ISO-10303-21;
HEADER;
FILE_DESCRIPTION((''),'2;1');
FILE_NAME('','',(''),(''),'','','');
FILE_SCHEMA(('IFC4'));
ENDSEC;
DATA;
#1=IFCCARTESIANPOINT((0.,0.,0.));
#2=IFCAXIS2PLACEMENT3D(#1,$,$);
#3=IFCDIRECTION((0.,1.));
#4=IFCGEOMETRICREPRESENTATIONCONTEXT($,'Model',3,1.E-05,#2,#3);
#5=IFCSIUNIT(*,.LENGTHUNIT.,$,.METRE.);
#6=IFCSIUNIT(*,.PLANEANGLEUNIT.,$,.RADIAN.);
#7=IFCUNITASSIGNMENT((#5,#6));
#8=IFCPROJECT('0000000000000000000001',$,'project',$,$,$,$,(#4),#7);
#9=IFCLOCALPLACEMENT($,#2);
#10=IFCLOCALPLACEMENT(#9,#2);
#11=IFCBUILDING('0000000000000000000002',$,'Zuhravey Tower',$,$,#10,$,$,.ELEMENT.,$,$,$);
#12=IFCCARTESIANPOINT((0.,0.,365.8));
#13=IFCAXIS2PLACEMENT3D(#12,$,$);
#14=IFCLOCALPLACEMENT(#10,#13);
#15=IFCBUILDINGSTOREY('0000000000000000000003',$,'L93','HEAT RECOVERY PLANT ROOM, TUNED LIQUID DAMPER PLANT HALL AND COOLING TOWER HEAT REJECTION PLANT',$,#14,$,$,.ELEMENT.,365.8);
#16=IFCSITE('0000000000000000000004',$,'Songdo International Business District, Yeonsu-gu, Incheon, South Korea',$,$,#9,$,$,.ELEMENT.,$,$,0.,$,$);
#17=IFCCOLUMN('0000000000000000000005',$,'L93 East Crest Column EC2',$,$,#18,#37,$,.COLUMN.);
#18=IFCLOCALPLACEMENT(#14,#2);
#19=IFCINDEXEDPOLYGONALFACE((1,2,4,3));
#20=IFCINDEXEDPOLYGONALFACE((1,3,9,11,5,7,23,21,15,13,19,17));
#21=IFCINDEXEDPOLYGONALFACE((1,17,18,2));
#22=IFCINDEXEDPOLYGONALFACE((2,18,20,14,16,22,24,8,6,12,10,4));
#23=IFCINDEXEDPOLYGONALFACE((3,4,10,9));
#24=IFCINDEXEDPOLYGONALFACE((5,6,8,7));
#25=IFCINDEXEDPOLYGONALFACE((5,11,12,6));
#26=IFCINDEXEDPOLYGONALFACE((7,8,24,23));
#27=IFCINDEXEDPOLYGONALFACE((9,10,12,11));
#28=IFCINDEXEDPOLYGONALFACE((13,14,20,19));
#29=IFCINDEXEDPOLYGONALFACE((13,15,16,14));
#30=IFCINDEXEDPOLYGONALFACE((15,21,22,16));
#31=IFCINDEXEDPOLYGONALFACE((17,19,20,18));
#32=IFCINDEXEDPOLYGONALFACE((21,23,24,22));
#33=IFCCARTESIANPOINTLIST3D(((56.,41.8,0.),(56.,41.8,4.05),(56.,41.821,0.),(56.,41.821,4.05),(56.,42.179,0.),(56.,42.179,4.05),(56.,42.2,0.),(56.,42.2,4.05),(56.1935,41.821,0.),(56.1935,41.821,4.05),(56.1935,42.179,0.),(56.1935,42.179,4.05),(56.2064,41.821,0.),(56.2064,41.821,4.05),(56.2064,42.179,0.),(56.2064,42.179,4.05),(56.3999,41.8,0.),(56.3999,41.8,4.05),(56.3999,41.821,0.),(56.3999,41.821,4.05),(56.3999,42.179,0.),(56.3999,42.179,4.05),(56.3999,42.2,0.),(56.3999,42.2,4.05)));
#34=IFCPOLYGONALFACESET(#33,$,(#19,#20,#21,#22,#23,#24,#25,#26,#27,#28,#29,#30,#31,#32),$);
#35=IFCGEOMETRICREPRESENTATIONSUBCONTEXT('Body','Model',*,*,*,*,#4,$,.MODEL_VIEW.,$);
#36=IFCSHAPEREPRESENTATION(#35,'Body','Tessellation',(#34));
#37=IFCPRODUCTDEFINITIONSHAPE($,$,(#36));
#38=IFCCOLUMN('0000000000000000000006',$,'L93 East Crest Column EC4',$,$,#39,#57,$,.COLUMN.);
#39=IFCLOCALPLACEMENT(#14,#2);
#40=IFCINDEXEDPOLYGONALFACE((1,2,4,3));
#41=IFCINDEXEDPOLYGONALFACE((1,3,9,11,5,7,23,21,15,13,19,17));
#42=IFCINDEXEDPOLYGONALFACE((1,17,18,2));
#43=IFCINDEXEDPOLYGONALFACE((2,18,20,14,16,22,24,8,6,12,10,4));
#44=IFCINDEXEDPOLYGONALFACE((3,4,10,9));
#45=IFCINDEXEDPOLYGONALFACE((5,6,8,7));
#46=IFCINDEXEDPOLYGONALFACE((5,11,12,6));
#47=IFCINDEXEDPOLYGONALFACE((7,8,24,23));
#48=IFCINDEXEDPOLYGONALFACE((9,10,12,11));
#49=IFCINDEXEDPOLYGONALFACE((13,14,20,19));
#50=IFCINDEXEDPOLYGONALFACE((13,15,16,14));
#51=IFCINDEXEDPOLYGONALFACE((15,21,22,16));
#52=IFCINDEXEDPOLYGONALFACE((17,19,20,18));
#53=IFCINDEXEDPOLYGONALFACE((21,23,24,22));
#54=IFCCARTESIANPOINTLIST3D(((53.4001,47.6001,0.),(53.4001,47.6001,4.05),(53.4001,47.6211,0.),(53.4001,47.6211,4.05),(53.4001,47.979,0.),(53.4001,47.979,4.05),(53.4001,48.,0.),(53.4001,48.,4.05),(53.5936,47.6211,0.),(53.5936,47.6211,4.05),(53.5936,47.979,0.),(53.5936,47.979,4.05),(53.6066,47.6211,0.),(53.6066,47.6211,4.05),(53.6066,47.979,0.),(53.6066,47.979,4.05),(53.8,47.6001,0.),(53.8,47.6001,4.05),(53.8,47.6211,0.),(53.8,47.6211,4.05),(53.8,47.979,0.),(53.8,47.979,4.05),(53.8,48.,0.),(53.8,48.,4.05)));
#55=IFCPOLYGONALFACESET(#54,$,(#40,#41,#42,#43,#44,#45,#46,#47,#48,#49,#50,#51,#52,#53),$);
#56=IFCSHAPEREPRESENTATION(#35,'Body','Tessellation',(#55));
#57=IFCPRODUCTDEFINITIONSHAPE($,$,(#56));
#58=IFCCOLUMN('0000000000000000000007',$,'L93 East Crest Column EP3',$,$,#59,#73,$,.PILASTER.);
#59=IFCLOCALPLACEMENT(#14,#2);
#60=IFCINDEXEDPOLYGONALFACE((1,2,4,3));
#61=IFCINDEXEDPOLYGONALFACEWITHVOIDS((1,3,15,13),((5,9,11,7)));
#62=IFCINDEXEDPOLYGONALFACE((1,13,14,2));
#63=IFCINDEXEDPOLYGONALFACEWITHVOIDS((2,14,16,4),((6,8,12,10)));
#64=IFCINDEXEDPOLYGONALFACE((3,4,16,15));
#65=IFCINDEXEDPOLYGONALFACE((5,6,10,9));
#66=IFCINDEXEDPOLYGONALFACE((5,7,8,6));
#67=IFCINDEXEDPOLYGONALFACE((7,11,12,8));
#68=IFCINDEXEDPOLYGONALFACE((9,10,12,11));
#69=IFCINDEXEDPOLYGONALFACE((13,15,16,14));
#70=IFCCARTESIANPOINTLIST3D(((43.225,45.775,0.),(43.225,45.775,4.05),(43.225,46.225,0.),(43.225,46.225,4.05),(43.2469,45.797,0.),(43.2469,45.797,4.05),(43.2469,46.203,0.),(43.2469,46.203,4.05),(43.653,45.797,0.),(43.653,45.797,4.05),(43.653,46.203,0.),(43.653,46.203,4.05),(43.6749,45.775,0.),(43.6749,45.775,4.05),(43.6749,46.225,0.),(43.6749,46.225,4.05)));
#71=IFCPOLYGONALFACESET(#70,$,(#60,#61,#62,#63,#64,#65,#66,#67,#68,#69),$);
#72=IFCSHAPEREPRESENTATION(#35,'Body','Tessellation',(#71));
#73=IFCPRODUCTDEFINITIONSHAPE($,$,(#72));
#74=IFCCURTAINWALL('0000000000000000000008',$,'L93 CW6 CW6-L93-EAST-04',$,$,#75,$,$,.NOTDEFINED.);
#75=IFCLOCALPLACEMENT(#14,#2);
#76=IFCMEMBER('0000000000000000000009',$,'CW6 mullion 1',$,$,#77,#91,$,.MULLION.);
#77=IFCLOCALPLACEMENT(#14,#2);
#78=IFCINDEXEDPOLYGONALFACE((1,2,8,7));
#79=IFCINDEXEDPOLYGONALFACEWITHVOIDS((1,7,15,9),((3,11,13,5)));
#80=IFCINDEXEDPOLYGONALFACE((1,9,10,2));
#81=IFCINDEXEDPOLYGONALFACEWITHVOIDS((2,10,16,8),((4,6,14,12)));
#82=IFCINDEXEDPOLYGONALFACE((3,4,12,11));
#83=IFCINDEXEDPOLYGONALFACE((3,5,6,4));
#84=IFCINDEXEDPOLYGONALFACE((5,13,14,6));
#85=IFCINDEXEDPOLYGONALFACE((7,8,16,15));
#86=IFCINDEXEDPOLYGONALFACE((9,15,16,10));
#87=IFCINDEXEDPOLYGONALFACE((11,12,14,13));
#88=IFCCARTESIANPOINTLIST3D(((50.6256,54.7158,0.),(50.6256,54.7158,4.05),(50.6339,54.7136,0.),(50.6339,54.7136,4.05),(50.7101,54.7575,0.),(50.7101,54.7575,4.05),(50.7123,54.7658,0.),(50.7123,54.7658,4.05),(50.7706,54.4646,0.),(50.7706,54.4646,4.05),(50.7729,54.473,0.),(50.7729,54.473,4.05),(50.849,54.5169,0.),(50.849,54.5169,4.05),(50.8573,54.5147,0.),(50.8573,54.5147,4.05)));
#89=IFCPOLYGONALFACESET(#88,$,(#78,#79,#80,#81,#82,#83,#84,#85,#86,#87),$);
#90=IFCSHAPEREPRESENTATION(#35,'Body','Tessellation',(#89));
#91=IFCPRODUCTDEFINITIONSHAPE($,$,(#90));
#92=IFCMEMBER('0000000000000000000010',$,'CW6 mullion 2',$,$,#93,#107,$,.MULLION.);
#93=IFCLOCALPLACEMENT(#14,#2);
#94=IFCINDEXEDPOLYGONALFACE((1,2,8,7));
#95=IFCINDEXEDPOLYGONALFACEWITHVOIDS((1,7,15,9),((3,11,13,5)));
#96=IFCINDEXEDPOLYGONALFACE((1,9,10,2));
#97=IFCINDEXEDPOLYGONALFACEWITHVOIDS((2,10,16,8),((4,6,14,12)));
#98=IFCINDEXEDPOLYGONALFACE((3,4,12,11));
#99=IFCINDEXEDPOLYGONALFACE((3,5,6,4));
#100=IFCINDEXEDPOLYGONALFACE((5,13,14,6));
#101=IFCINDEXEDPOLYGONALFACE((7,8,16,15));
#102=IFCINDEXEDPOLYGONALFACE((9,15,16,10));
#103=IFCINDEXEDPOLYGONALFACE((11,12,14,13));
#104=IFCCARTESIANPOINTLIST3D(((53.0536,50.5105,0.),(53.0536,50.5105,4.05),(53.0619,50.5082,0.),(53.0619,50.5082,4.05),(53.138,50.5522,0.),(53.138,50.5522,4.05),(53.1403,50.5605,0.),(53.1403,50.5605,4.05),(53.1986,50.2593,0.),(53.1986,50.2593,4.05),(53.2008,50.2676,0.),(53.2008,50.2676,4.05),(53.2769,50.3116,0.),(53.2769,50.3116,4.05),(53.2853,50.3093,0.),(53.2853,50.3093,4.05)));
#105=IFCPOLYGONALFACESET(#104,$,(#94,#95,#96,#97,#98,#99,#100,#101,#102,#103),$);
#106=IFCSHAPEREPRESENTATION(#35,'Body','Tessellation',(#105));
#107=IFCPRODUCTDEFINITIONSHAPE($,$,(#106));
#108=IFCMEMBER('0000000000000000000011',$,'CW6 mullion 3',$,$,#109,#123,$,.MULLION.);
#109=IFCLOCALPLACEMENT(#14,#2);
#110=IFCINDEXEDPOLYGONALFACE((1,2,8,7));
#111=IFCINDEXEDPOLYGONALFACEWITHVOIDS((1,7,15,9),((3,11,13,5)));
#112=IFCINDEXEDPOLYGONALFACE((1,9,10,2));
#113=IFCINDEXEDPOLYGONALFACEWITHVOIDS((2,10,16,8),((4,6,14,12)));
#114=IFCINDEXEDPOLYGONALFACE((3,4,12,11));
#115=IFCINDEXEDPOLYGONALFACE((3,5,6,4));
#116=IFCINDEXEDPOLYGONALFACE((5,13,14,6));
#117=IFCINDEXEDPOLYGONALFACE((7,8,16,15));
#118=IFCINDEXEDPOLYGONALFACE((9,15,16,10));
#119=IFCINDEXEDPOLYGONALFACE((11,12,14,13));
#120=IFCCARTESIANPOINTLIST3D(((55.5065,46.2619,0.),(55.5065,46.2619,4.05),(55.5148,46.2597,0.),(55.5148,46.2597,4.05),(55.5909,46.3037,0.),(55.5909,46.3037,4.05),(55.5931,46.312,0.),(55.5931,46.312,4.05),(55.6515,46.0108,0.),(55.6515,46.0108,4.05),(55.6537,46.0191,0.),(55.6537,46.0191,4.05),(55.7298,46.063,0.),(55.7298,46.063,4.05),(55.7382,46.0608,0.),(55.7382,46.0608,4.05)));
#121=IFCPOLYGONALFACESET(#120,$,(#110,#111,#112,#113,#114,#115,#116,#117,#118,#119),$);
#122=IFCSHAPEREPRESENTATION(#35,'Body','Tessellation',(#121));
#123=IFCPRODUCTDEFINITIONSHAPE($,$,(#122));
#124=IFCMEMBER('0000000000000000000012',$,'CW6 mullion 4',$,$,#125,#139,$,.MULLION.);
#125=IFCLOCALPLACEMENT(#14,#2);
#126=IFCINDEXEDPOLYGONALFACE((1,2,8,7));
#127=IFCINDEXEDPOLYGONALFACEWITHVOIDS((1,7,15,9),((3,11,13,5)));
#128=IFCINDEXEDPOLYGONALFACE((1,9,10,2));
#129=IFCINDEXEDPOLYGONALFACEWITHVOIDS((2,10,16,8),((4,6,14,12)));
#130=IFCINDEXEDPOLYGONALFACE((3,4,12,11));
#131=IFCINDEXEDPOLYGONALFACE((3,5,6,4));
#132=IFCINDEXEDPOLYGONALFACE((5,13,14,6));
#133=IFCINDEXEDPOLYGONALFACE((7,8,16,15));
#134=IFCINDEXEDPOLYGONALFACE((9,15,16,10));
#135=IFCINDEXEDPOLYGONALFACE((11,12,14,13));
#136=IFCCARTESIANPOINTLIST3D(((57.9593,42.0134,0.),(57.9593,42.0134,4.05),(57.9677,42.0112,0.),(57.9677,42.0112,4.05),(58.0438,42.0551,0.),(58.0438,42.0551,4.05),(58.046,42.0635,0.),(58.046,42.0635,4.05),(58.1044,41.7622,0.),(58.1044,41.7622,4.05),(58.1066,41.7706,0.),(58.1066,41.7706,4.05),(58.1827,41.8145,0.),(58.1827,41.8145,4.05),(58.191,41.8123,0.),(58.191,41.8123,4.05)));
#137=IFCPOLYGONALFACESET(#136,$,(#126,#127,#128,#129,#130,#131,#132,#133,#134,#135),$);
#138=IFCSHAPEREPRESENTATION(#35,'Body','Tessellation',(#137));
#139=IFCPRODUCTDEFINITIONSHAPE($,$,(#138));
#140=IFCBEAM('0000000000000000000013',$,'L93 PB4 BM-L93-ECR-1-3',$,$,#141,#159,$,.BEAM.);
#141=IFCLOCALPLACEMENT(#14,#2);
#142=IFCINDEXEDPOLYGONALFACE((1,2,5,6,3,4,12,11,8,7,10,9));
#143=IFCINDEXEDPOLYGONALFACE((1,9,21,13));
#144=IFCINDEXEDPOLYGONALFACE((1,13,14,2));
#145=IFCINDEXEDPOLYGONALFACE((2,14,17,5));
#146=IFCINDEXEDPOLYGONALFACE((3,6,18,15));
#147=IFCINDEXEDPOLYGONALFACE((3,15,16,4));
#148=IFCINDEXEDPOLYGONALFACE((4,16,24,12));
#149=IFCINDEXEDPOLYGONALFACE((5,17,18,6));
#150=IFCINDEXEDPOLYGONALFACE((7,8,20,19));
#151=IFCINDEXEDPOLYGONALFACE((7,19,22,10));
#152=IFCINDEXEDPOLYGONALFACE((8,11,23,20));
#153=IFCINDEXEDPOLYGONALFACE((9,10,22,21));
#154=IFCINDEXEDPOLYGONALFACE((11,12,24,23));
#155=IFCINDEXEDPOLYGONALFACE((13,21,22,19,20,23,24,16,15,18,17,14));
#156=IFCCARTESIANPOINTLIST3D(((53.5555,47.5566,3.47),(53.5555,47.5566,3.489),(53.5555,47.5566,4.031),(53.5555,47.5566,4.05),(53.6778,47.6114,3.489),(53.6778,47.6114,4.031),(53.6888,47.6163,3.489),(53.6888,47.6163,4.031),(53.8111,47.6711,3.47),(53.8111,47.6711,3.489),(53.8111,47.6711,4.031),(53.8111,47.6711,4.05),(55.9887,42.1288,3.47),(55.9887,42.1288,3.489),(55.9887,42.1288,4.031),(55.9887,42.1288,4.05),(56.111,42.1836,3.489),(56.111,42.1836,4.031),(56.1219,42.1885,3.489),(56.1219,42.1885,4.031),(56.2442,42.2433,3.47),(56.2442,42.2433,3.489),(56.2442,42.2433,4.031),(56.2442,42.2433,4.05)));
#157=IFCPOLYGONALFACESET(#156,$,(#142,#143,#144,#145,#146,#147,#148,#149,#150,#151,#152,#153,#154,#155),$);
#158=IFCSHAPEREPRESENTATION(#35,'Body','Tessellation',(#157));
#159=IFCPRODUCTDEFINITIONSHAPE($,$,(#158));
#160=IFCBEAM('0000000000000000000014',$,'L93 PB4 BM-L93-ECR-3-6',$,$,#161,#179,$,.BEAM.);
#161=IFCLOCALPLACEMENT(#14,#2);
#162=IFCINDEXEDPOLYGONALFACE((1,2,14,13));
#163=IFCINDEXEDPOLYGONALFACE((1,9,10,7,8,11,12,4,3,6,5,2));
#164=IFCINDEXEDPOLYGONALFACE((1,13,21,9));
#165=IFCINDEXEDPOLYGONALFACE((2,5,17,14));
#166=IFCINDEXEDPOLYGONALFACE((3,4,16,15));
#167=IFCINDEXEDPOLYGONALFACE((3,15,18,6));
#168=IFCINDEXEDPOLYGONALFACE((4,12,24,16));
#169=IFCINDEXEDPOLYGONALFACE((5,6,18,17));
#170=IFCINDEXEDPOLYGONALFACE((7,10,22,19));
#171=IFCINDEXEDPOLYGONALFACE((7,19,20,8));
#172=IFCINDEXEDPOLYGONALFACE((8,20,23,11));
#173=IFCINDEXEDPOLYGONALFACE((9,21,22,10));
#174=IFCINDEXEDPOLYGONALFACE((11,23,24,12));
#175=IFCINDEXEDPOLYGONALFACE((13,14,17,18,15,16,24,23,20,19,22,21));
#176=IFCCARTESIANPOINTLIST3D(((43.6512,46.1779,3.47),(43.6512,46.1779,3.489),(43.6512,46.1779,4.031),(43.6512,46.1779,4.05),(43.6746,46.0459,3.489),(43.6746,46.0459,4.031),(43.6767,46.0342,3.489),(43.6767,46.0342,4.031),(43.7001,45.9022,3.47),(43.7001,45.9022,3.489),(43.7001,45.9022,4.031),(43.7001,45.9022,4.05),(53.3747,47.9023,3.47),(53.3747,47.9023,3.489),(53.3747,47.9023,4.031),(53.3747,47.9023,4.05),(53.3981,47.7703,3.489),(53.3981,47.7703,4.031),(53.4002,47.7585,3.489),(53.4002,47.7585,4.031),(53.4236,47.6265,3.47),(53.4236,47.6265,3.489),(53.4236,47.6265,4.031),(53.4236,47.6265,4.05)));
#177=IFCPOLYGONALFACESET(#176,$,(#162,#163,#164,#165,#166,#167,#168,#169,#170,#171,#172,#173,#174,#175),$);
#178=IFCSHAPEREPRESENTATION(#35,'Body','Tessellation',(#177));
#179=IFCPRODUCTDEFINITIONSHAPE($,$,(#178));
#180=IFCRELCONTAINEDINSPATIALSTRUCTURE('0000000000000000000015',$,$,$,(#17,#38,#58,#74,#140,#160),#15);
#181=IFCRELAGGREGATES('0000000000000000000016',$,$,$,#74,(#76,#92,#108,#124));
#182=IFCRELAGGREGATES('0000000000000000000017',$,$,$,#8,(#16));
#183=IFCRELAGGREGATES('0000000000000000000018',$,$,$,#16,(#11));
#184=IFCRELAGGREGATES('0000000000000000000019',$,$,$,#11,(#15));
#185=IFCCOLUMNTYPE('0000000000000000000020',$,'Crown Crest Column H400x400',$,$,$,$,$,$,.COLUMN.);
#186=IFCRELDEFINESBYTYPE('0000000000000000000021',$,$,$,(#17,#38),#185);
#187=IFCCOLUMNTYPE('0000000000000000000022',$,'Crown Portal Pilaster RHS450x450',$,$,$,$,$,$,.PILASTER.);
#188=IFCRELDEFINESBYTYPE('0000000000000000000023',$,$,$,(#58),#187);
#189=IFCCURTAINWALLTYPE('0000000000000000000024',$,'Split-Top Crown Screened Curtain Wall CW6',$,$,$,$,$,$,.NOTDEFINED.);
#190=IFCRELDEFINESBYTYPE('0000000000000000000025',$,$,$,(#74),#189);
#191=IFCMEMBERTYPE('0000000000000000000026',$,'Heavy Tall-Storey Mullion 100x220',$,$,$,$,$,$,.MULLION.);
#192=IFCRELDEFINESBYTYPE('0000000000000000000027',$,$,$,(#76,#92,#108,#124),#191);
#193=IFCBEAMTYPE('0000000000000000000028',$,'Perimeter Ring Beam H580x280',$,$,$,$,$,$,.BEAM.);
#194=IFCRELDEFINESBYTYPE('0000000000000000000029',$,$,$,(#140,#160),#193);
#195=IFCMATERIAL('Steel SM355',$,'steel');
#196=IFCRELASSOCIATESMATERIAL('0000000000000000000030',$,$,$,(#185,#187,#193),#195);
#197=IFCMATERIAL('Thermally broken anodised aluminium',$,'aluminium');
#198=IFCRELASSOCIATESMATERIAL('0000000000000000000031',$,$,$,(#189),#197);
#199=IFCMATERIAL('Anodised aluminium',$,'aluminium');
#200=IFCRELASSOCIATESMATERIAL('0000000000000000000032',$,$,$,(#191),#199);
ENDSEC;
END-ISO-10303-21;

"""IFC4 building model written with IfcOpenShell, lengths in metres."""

from ifc_helpers import new_model, si_unit, direction, frame, origin, origin_2d, place, context, subcontext, project, spatial, hollow_rectangle, i_section, extrude, material, material_profile, profile_set, type_object, element, aggregate, save


model = new_model("IFC4")

# Units and contexts
model_context = context("Model", 3, precision=1e-05, world=origin(), true_north=direction((0.0, 1.0)))
body_context = subcontext(model_context, "Body", "Model", "MODEL_VIEW")
ifc_project = project(units=[si_unit("LENGTHUNIT", "METRE"), si_unit("PLANEANGLEUNIT", "RADIAN")], contexts=[model_context])

# Site, building, storey
site_placement = place(None, origin())
site = spatial("IfcSite", under=ifc_project, at=site_placement, Name="Songdo International Business District, Yeonsu-gu, Incheon, South Korea", CompositionType="ELEMENT", RefElevation=0.0)
building_placement = place(site_placement, origin())
building = spatial("IfcBuilding", under=site, at=building_placement, Name="Zuhravey Tower", CompositionType="ELEMENT")
storey_placement = place(building_placement, frame((0.0, 0.0, 365.8)))
storey = spatial("IfcBuildingStorey", under=building, at=storey_placement, Name="L93", Description="HEAT RECOVERY PLANT ROOM, TUNED LIQUID DAMPER PLANT HALL AND COOLING TOWER HEAT REJECTION PLANT", CompositionType="ELEMENT", Elevation=365.8)

# Columns
ifc_material_1 = material(Name="Steel SM355", Category="steel")
ifc_material_profile_1 = material_profile(ifc_material_1, i_section(OverallWidth=0.3999, OverallDepth=0.3999, WebThickness=0.0129, FlangeThickness=0.021, at=origin_2d()), Name="H-400x400x13x21")
ifc_profile_set_1 = profile_set([ifc_material_profile_1], Name="Steel SM355")
column_type_1 = type_object("IfcColumnType", Name="Crown Crest Column H400x400", PredefinedType="COLUMN", material=ifc_profile_set_1)
for number, where, z_axis, x_axis, name in (
    (1, (56.2, 42.0, 0.0), (0.0, 0.0, 1.0), (1.0, 0.0, 0.0), "L93 East Crest Column EC2"),
    (2, (53.6001, 47.8, 0.0), (0.0, 0.0, 1.0), (1.0, 0.0, 0.0), "L93 East Crest Column EC4"),
):
    element("IfcColumn", number, at=place(storey_placement, frame(where, z_axis=z_axis, x_axis=x_axis)), inside=storey, type_object=column_type_1, Name=name, PredefinedType="COLUMN", context=body_context, shape_type="SweptSolid", body=[
        extrude(i_section(OverallWidth=0.3999, OverallDepth=0.3999, WebThickness=0.0129, FlangeThickness=0.021, at=origin_2d()), origin(), (0.0, 0.0, 1.0), 4.05),
    ])
ifc_material_profile_2 = material_profile(ifc_material_1, hollow_rectangle(XDim=0.45, YDim=0.45, WallThickness=0.022, at=origin_2d()), Name="RHS-450x450x22")
ifc_profile_set_2 = profile_set([ifc_material_profile_2], Name="Steel SM355")
column_type_2 = type_object("IfcColumnType", Name="Crown Portal Pilaster RHS450x450", PredefinedType="PILASTER", material=ifc_profile_set_2)
column_placement = place(storey_placement, frame((43.45, 46.0, 0.0), z_axis=(0.0, 0.0, 1.0), x_axis=(1.0, 0.0, 0.0)))
element("IfcColumn", 3, at=column_placement, inside=storey, type_object=column_type_2, Name="L93 East Crest Column EP3", PredefinedType="PILASTER", context=body_context, shape_type="SweptSolid", body=[
    extrude(hollow_rectangle(XDim=0.45, YDim=0.45, WallThickness=0.022, at=origin_2d()), origin(), (0.0, 0.0, 1.0), 4.05),
])

# Curtain wall, members
ifc_material_2 = material(Name="Thermally broken anodised aluminium", Category="aluminium")
curtain_wall_type = type_object("IfcCurtainWallType", Name="Split-Top Crown Screened Curtain Wall CW6", PredefinedType="NOTDEFINED", material=ifc_material_2)
curtain_wall_placement = place(storey_placement, origin())
curtain_wall = element("IfcCurtainWall", 4, at=curtain_wall_placement, inside=storey, type_object=curtain_wall_type, Name="L93 CW6 CW6-L93-EAST-04", PredefinedType="NOTDEFINED")
ifc_material_3 = material(Name="Anodised aluminium", Category="aluminium")
ifc_material_profile_3 = material_profile(ifc_material_3, hollow_rectangle(XDim=0.1001, YDim=0.29, WallThickness=0.0061, at=origin_2d()), Name="ALU-RHS-100x290x6")
ifc_profile_set_3 = profile_set([ifc_material_profile_3], Name="Anodised aluminium")
member_type_1 = type_object("IfcMemberType", Name="Heavy Tall-Storey Mullion 100x220", PredefinedType="MULLION", material=ifc_profile_set_3)
member_1_placement = place(storey_placement, frame((50.7415, 54.6152, 0.0), z_axis=(0.0, 0.0, 1.0), x_axis=(0.866027, 0.499997, 0.0)))
member_1 = element("IfcMember", 5, at=member_1_placement, type_object=member_type_1, Name="CW6 mullion 1", PredefinedType="MULLION", context=body_context, shape_type="SweptSolid", body=[
    extrude(hollow_rectangle(XDim=0.1001, YDim=0.29, WallThickness=0.0061, at=origin_2d()), origin(), (0.0, 0.0, 1.0), 4.05),
])
member_2_placement = place(storey_placement, frame((53.1694, 50.4099, 0.0), z_axis=(0.0, 0.0, 1.0), x_axis=(0.866027, 0.499997, 0.0)))
member_2 = element("IfcMember", 6, at=member_2_placement, type_object=member_type_1, Name="CW6 mullion 2", PredefinedType="MULLION", context=body_context, shape_type="SweptSolid", body=[
    extrude(hollow_rectangle(XDim=0.1001, YDim=0.29, WallThickness=0.0061, at=origin_2d()), origin(), (0.0, 0.0, 1.0), 4.05),
])
member_3_placement = place(storey_placement, frame((55.6223, 46.1614, 0.0), z_axis=(0.0, 0.0, 1.0), x_axis=(0.866027, 0.499997, 0.0)))
member_3 = element("IfcMember", 7, at=member_3_placement, type_object=member_type_1, Name="CW6 mullion 3", PredefinedType="MULLION", context=body_context, shape_type="SweptSolid", body=[
    extrude(hollow_rectangle(XDim=0.1001, YDim=0.29, WallThickness=0.0061, at=origin_2d()), origin(), (0.0, 0.0, 1.0), 4.05),
])
member_4_placement = place(storey_placement, frame((58.0752, 41.9128, 0.0), z_axis=(0.0, 0.0, 1.0), x_axis=(0.866027, 0.499997, 0.0)))
member_4 = element("IfcMember", 8, at=member_4_placement, type_object=member_type_1, Name="CW6 mullion 4", PredefinedType="MULLION", context=body_context, shape_type="SweptSolid", body=[
    extrude(hollow_rectangle(XDim=0.1001, YDim=0.29, WallThickness=0.0061, at=origin_2d()), origin(), (0.0, 0.0, 1.0), 4.05),
])

# Beams
ifc_material_profile_4 = material_profile(ifc_material_1, i_section(OverallWidth=0.28, OverallDepth=0.5801, WebThickness=0.012, FlangeThickness=0.019, at=origin_2d()), Name="H-580x280x12x19")
ifc_profile_set_4 = profile_set([ifc_material_profile_4], Name="Steel SM355")
beam_type = type_object("IfcBeamType", Name="Perimeter Ring Beam H580x280", PredefinedType="BEAM", material=ifc_profile_set_4)
beam_1_placement = place(storey_placement, frame((56.1165, 42.186, 3.76), z_axis=(-0.409054, 0.91251, 0.0), x_axis=(-0.91251, -0.409054, 0.0)))
element("IfcBeam", 9, at=beam_1_placement, inside=storey, type_object=beam_type, Name="L93 PB4 BM-L93-ECR-1-3", PredefinedType="BEAM", context=body_context, shape_type="SweptSolid", body=[
    extrude(i_section(OverallWidth=0.28, OverallDepth=0.5801, WebThickness=0.012, FlangeThickness=0.019, at=origin_2d()), origin(), (0.0, 0.0, 1.0), 5.9482),
])
beam_2_placement = place(storey_placement, frame((53.3992, 47.7644, 3.76), z_axis=(-0.984637, -0.174613, 0.0), x_axis=(0.174613, -0.984637, 0.0)))
element("IfcBeam", 10, at=beam_2_placement, inside=storey, type_object=beam_type, Name="L93 PB4 BM-L93-ECR-3-6", PredefinedType="BEAM", context=body_context, shape_type="SweptSolid", body=[
    extrude(i_section(OverallWidth=0.28, OverallDepth=0.5801, WebThickness=0.012, FlangeThickness=0.019, at=origin_2d()), origin(), (0.0, 0.0, 1.0), 9.8752),
])

aggregate(curtain_wall, [member_1, member_2, member_3, member_4])

save(model, "model.ifc")
